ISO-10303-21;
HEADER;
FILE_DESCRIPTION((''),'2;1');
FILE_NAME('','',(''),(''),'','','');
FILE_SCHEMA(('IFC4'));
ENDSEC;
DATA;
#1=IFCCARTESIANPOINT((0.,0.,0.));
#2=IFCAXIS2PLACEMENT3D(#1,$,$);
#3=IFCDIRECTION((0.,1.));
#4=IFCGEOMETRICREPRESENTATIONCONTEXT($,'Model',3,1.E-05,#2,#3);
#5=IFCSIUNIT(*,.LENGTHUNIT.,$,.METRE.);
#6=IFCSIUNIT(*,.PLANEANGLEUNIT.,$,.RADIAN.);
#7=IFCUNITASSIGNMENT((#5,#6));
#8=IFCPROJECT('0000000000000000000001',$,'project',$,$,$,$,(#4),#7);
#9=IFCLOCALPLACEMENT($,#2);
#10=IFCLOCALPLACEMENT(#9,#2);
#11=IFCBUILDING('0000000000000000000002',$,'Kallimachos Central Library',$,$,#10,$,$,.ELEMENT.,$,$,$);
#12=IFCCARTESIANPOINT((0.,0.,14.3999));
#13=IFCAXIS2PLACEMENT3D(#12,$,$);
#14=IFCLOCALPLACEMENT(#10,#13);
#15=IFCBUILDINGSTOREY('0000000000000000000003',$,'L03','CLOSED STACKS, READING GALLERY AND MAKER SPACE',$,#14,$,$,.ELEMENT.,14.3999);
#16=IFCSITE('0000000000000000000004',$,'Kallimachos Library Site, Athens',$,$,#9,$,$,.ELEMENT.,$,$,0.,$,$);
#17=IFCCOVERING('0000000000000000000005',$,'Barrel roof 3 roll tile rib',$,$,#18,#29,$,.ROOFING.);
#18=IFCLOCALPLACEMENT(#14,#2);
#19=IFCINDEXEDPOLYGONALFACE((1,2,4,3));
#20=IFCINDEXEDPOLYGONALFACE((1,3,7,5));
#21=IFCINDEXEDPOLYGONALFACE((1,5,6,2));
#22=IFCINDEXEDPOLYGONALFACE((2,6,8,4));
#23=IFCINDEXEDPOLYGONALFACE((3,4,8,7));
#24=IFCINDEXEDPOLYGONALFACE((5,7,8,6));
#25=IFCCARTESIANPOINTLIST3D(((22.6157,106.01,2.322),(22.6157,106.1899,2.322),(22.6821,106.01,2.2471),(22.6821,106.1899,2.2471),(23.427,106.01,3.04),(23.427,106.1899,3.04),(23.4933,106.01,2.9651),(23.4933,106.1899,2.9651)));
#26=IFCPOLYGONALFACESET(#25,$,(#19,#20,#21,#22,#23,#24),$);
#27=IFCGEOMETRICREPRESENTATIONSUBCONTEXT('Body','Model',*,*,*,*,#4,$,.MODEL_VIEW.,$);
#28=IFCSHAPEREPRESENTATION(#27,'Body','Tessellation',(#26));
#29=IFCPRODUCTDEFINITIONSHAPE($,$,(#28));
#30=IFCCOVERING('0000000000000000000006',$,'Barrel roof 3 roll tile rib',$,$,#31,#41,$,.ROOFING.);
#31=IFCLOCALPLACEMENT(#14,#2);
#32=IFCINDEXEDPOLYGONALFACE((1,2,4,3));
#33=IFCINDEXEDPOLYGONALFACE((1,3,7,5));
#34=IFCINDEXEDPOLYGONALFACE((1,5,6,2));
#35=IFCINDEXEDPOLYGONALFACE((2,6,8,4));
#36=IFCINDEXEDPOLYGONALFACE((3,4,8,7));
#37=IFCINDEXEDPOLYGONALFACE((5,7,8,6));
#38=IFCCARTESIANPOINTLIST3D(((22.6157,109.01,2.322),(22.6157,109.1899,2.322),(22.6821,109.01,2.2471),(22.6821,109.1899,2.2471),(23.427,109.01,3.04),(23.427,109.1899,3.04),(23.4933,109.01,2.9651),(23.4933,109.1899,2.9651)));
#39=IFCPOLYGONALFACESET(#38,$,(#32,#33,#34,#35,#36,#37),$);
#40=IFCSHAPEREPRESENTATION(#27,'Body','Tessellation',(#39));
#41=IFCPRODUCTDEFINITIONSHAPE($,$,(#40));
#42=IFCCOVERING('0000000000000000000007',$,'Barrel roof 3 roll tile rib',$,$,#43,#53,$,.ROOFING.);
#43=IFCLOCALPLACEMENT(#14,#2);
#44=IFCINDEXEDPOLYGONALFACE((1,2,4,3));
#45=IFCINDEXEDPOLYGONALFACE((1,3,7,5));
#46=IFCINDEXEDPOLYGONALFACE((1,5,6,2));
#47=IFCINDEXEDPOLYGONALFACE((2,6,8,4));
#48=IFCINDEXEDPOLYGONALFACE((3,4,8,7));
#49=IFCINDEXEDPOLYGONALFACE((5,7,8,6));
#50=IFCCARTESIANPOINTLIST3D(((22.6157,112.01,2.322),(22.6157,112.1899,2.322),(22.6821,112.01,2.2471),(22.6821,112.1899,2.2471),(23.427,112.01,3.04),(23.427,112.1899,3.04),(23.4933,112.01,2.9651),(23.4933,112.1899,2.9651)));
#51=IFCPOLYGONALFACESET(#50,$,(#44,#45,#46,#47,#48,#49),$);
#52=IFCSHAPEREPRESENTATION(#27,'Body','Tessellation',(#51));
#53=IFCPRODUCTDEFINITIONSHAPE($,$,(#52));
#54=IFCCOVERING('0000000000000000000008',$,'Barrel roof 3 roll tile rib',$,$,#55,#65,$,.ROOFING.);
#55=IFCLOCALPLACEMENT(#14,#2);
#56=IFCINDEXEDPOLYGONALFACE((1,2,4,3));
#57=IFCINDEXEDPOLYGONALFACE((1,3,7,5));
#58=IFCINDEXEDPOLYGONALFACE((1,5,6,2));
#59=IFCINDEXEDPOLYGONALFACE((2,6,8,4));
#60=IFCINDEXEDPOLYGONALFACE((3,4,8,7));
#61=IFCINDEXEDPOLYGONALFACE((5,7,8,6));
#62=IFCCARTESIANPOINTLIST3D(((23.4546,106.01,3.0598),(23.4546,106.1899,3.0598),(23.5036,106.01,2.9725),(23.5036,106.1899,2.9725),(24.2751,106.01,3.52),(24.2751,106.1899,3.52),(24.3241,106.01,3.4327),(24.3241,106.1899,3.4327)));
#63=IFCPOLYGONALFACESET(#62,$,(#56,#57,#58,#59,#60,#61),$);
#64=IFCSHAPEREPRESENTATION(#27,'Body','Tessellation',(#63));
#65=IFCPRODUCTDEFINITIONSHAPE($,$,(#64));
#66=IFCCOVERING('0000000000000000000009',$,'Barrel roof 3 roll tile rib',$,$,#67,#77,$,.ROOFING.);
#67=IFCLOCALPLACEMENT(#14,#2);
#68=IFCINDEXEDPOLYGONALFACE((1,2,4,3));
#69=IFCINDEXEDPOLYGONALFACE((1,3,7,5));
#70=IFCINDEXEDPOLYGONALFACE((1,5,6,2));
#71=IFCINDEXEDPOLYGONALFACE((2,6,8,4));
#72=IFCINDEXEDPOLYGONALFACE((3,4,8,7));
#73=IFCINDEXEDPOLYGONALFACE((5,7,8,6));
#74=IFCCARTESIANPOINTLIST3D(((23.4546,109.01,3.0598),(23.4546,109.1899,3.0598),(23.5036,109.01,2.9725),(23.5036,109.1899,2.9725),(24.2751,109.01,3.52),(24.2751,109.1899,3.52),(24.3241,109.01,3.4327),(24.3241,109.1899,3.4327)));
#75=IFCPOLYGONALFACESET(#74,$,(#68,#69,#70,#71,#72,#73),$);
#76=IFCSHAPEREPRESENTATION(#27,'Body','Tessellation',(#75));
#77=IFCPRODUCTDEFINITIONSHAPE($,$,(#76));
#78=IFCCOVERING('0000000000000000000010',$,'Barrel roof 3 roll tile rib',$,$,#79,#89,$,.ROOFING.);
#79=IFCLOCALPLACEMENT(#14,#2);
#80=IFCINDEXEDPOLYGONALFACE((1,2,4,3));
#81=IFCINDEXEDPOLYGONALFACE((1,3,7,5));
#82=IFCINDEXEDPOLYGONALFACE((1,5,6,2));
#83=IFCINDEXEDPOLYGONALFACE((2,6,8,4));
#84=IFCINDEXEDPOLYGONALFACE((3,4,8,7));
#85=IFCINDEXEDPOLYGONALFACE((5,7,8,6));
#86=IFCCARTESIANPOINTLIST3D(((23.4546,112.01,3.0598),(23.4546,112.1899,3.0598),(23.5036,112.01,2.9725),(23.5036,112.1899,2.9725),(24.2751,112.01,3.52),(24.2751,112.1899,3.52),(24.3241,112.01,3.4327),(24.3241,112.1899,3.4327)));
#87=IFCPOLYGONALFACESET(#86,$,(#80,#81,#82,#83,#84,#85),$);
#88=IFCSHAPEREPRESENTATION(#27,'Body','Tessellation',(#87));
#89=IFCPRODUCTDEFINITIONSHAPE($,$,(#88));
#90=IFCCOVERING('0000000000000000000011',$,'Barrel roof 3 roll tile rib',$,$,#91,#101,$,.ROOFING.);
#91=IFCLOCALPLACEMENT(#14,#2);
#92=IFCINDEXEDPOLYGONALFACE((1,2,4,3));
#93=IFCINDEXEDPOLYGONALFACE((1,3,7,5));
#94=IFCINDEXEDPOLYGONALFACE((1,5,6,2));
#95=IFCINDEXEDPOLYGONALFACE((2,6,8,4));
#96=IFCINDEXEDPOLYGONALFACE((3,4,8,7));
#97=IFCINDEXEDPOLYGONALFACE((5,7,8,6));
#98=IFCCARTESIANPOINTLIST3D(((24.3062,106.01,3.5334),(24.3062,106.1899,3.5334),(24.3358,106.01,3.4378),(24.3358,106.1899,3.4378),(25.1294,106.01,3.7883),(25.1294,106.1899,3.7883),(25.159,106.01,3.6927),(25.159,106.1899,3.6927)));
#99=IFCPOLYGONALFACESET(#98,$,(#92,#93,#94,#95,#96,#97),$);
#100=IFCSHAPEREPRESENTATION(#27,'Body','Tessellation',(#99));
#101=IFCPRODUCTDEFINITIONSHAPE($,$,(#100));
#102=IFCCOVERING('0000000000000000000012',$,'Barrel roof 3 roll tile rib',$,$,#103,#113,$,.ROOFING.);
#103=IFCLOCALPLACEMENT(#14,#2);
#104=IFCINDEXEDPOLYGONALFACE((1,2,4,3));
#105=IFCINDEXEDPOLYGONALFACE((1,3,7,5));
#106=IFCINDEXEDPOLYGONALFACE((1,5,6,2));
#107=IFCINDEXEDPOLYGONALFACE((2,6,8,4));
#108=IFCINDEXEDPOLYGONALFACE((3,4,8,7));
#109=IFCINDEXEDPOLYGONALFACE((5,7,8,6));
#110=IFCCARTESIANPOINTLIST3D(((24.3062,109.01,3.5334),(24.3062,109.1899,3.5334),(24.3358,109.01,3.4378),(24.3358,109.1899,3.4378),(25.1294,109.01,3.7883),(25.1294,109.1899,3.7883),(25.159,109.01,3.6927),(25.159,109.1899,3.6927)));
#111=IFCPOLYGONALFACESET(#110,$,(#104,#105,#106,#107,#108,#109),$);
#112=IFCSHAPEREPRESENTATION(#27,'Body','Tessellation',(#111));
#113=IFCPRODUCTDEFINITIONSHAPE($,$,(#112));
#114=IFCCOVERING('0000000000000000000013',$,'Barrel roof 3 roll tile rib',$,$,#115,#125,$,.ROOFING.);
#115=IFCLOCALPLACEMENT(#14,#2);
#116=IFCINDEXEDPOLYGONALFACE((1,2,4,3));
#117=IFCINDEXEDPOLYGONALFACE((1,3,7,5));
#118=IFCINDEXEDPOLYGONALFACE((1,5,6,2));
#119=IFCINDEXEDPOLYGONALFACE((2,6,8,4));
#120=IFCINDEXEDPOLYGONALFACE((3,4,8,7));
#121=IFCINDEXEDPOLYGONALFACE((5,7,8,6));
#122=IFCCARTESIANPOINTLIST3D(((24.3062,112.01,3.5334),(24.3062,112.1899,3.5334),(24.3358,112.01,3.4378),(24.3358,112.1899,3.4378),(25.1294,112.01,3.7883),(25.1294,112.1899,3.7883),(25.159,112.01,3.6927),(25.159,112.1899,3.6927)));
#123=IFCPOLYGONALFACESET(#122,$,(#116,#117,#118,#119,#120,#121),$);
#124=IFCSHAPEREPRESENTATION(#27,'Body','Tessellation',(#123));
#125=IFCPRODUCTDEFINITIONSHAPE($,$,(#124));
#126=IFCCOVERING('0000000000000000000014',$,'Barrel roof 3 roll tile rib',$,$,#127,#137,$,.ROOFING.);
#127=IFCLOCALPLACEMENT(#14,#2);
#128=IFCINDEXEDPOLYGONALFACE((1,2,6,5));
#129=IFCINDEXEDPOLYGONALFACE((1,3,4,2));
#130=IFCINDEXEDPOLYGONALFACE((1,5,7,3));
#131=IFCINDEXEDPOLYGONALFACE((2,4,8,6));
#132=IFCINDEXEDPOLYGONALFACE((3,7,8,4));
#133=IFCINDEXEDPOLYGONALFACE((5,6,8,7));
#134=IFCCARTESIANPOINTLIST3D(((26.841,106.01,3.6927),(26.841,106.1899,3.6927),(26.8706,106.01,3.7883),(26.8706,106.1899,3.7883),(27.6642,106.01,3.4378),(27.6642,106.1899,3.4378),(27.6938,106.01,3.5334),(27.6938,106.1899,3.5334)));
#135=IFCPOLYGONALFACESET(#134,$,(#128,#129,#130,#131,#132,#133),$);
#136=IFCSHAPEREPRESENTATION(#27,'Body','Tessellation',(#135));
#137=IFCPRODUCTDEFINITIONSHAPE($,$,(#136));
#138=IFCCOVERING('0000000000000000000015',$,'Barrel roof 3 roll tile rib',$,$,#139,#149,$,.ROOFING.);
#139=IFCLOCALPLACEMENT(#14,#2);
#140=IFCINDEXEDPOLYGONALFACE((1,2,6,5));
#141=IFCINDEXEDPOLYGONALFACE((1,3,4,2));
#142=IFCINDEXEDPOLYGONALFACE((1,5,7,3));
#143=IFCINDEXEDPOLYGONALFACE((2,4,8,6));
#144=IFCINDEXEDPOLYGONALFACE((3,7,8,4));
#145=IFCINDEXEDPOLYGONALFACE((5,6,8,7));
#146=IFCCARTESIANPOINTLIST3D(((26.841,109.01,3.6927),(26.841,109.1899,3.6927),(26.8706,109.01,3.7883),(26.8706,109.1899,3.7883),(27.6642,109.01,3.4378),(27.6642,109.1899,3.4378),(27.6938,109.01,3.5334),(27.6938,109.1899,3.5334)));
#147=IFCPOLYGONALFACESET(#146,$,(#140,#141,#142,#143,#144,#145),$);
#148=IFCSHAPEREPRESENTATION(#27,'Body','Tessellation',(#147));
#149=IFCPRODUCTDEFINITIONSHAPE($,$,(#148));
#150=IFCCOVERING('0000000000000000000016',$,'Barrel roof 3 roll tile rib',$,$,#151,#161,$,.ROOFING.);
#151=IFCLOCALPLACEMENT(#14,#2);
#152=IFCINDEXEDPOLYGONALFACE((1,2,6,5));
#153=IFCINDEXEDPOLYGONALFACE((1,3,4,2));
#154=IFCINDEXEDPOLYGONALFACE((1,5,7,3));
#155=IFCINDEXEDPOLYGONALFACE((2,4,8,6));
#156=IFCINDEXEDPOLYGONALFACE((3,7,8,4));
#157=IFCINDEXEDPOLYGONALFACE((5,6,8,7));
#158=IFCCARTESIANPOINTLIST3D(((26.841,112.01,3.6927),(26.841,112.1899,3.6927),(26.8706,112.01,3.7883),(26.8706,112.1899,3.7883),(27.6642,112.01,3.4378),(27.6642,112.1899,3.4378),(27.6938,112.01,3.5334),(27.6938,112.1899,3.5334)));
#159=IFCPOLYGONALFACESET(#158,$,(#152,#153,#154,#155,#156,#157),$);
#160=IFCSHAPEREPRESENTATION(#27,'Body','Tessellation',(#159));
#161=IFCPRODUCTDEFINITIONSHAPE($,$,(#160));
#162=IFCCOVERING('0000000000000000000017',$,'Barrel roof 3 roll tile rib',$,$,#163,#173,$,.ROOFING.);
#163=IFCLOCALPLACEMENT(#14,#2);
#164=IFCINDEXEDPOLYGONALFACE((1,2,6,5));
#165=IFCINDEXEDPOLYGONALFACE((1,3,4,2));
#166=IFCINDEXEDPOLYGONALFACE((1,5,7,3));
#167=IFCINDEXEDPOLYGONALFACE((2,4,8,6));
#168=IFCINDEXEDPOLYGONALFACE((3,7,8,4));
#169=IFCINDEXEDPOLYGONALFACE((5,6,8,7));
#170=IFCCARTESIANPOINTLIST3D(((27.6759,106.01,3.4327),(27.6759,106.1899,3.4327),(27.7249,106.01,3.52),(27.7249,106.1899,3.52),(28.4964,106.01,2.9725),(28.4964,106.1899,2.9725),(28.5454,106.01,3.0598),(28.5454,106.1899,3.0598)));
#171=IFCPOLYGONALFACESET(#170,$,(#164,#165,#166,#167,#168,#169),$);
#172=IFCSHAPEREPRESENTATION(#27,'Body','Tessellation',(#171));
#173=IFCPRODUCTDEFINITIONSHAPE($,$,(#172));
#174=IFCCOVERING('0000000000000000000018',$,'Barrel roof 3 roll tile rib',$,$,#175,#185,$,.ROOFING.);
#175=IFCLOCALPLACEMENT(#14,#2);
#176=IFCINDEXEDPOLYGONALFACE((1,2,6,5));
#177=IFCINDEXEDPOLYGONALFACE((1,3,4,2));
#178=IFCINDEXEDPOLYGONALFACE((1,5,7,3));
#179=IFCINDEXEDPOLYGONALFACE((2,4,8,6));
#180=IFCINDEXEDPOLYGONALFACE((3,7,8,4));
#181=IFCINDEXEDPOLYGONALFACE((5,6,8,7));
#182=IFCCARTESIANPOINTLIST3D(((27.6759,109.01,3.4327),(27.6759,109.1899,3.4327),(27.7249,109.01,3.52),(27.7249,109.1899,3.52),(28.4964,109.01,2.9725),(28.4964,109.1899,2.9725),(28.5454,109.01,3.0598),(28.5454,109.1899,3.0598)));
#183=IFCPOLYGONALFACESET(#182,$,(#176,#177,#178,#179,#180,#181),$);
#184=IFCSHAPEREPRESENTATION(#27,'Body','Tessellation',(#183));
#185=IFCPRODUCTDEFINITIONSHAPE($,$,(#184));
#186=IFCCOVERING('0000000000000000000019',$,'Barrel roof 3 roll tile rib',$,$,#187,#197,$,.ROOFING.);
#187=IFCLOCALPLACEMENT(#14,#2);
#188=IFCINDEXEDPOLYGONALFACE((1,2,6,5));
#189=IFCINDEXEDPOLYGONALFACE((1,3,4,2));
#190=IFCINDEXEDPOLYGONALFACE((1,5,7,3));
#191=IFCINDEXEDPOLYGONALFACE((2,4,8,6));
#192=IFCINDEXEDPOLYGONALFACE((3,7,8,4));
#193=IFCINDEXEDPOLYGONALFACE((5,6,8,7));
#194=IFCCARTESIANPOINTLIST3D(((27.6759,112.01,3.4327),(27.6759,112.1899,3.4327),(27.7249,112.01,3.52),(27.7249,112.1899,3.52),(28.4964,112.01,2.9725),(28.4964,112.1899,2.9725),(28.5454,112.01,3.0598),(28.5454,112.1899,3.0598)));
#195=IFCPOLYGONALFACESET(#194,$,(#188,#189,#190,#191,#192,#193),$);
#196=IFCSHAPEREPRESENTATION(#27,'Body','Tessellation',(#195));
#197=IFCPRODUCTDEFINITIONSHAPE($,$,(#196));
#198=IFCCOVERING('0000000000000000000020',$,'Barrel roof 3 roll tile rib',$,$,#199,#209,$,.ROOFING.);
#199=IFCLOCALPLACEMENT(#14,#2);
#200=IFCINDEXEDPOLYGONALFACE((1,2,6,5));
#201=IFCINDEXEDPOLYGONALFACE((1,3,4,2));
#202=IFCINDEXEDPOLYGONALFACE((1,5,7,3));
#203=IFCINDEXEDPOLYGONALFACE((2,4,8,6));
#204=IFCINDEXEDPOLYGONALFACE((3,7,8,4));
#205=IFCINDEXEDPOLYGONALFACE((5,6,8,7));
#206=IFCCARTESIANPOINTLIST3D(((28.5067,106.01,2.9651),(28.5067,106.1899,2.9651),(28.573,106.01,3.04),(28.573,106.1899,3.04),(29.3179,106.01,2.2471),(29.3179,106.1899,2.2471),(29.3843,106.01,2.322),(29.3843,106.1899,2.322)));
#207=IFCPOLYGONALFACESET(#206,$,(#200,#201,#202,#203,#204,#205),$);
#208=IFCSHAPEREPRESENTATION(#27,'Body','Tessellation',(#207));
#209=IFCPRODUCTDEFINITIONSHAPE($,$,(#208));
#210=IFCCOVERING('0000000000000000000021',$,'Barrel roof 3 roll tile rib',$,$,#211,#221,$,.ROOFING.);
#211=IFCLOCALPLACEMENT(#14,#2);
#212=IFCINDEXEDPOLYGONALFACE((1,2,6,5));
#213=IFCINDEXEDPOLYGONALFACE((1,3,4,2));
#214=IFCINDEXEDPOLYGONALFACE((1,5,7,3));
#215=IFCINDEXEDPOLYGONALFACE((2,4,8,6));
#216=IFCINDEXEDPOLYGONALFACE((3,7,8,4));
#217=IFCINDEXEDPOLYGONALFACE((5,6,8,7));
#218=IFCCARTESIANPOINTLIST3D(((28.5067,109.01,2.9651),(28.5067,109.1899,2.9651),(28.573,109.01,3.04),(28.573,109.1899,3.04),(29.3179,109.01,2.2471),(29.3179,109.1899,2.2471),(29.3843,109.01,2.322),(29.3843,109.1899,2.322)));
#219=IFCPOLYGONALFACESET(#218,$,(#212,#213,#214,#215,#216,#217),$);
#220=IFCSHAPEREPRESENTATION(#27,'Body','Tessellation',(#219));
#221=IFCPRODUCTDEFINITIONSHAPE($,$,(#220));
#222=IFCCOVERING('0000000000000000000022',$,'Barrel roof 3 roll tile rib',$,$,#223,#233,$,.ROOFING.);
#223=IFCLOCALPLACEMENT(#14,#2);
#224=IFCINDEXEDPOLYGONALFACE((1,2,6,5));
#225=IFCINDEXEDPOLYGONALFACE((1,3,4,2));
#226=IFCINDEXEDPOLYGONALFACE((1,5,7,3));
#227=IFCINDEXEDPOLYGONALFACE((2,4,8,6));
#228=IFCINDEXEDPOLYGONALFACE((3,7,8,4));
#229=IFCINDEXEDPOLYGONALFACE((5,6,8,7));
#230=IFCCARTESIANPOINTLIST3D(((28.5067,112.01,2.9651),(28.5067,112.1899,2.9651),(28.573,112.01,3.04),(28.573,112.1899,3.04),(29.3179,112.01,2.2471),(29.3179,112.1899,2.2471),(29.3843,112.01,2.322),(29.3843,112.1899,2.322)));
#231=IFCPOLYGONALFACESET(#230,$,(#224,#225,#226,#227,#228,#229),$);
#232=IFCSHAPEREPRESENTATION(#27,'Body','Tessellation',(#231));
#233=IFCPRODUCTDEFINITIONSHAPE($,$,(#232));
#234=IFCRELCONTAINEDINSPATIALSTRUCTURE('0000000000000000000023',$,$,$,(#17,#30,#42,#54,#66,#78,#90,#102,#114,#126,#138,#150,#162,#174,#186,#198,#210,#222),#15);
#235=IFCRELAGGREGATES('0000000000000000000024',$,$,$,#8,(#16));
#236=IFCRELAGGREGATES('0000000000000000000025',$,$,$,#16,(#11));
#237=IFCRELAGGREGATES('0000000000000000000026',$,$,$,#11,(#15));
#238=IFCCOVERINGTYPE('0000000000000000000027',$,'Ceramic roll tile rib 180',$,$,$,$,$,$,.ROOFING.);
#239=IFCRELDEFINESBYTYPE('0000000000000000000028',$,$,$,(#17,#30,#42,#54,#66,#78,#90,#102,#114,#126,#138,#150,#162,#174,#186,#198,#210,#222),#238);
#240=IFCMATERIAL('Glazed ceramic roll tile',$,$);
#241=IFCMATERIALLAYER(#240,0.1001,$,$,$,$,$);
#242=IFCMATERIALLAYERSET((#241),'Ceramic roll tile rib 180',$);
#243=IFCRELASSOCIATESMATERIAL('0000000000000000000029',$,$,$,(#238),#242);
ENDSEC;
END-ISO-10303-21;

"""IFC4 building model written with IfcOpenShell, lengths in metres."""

from ifc_helpers import new_model, si_unit, direction, frame, origin, place, context, subcontext, project, spatial, polyline, outline, extrude, material, layer, layer_set, type_object, element, save


model = new_model("IFC4")

# Units and contexts
model_context = context("Model", 3, precision=1e-05, world=origin(), true_north=direction((0.0, 1.0)))
body_context = subcontext(model_context, "Body", "Model", "MODEL_VIEW")
ifc_project = project(units=[si_unit("LENGTHUNIT", "METRE"), si_unit("PLANEANGLEUNIT", "RADIAN")], contexts=[model_context])

# Site, building, storey
site_placement = place(None, origin())
site = spatial("IfcSite", under=ifc_project, at=site_placement, Name="Kallimachos Library Site, Athens", CompositionType="ELEMENT", RefElevation=0.0)
building_placement = place(site_placement, origin())
building = spatial("IfcBuilding", under=site, at=building_placement, Name="Kallimachos Central Library", CompositionType="ELEMENT")
storey_placement = place(building_placement, frame((0.0, 0.0, 14.3999)))
storey = spatial("IfcBuildingStorey", under=building, at=storey_placement, Name="L03", Description="CLOSED STACKS, READING GALLERY AND MAKER SPACE", CompositionType="ELEMENT", Elevation=14.3999)

# Coverings
ifc_material_1 = material(Name="Glazed ceramic roll tile")
ifc_layer_1 = layer(ifc_material_1, 0.1001)
ifc_layer_set_1 = layer_set([ifc_layer_1], Name="Ceramic roll tile rib 180")
covering_type_1 = type_object("IfcCoveringType", Name="Ceramic roll tile rib 180", PredefinedType="ROOFING", material=ifc_layer_set_1)
for number, where, z_axis, x_axis, name in (
    (1, (22.6157, 106.01, 2.322), (-0.662754, 0.0, 0.748837), (0.748837, 0.0, 0.662754), "Barrel roof 3 roll tile rib"),
    (2, (22.6157, 109.01, 2.322), (-0.662754, 0.0, 0.748837), (0.748837, 0.0, 0.662754), "Barrel roof 3 roll tile rib"),
    (3, (22.6157, 112.01, 2.322), (-0.662754, 0.0, 0.748837), (0.748837, 0.0, 0.662754), "Barrel roof 3 roll tile rib"),
):
    element("IfcCovering", number, at=place(storey_placement, frame(where, z_axis=z_axis, x_axis=x_axis)), inside=storey, type_object=covering_type_1, Name=name, PredefinedType="ROOFING", context=body_context, shape_type="SweptSolid", body=[
        extrude(outline(polyline([(0.0, 0.0), (1.0834, 0.0), (1.0834, 0.1799), (0.0, 0.1799), (0.0, 0.0)])), origin(), (0.0, 0.0, -1.0), 0.1001),
    ])
for number, where, z_axis, x_axis, name in (
    (4, (23.4546, 106.01, 3.0598), (-0.489164, 0.0, 0.872192), (0.872192, 0.0, 0.489164), "Barrel roof 3 roll tile rib"),
    (5, (23.4546, 109.01, 3.0598), (-0.489164, 0.0, 0.872192), (0.872192, 0.0, 0.489164), "Barrel roof 3 roll tile rib"),
    (6, (23.4546, 112.01, 3.0598), (-0.489164, 0.0, 0.872192), (0.872192, 0.0, 0.489164), "Barrel roof 3 roll tile rib"),
):
    element("IfcCovering", number, at=place(storey_placement, frame(where, z_axis=z_axis, x_axis=x_axis)), inside=storey, type_object=covering_type_1, Name=name, PredefinedType="ROOFING", context=body_context, shape_type="SweptSolid", body=[
        extrude(outline(polyline([(0.0, 0.0), (0.9408, 0.0), (0.9408, 0.1799), (0.0, 0.1799), (0.0, 0.0)])), origin(), (0.0, 0.0, -1.0), 0.1001),
    ])
for number, where, z_axis, x_axis, name in (
    (7, (24.3062, 106.01, 3.5334), (-0.295758, 0.0, 0.955263), (0.955263, 0.0, 0.295758), "Barrel roof 3 roll tile rib"),
    (8, (24.3062, 109.01, 3.5334), (-0.295758, 0.0, 0.955263), (0.955263, 0.0, 0.295758), "Barrel roof 3 roll tile rib"),
    (9, (24.3062, 112.01, 3.5334), (-0.295758, 0.0, 0.955263), (0.955263, 0.0, 0.295758), "Barrel roof 3 roll tile rib"),
    (10, (26.8706, 106.01, 3.7883), (0.295758, 0.0, 0.955263), (0.955263, 0.0, -0.295758), "Barrel roof 3 roll tile rib"),
    (11, (26.8706, 109.01, 3.7883), (0.295758, 0.0, 0.955263), (0.955263, 0.0, -0.295758), "Barrel roof 3 roll tile rib"),
    (12, (26.8706, 112.01, 3.7883), (0.295758, 0.0, 0.955263), (0.955263, 0.0, -0.295758), "Barrel roof 3 roll tile rib"),
):
    element("IfcCovering", number, at=place(storey_placement, frame(where, z_axis=z_axis, x_axis=x_axis)), inside=storey, type_object=covering_type_1, Name=name, PredefinedType="ROOFING", context=body_context, shape_type="SweptSolid", body=[
        extrude(outline(polyline([(0.0, 0.0), (0.8618, 0.0), (0.8618, 0.1799), (0.0, 0.1799), (0.0, 0.0)])), origin(), (0.0, 0.0, -1.0), 0.1001),
    ])
for number, where, z_axis, x_axis, name in (
    (13, (27.7249, 106.01, 3.52), (0.489164, 0.0, 0.872192), (0.872192, 0.0, -0.489164), "Barrel roof 3 roll tile rib"),
    (14, (27.7249, 109.01, 3.52), (0.489164, 0.0, 0.872192), (0.872192, 0.0, -0.489164), "Barrel roof 3 roll tile rib"),
    (15, (27.7249, 112.01, 3.52), (0.489164, 0.0, 0.872192), (0.872192, 0.0, -0.489164), "Barrel roof 3 roll tile rib"),
):
    element("IfcCovering", number, at=place(storey_placement, frame(where, z_axis=z_axis, x_axis=x_axis)), inside=storey, type_object=covering_type_1, Name=name, PredefinedType="ROOFING", context=body_context, shape_type="SweptSolid", body=[
        extrude(outline(polyline([(0.0, 0.0), (0.9408, 0.0), (0.9408, 0.1799), (0.0, 0.1799), (0.0, 0.0)])), origin(), (0.0, 0.0, -1.0), 0.1001),
    ])
for number, where, z_axis, x_axis, name in (
    (16, (28.573, 106.01, 3.04), (0.662754, 0.0, 0.748837), (0.748837, 0.0, -0.662754), "Barrel roof 3 roll tile rib"),
    (17, (28.573, 109.01, 3.04), (0.662754, 0.0, 0.748837), (0.748837, 0.0, -0.662754), "Barrel roof 3 roll tile rib"),
    (18, (28.573, 112.01, 3.04), (0.662754, 0.0, 0.748837), (0.748837, 0.0, -0.662754), "Barrel roof 3 roll tile rib"),
):
    element("IfcCovering", number, at=place(storey_placement, frame(where, z_axis=z_axis, x_axis=x_axis)), inside=storey, type_object=covering_type_1, Name=name, PredefinedType="ROOFING", context=body_context, shape_type="SweptSolid", body=[
        extrude(outline(polyline([(0.0, 0.0), (1.0834, 0.0), (1.0834, 0.1799), (0.0, 0.1799), (0.0, 0.0)])), origin(), (0.0, 0.0, -1.0), 0.1001),
    ])

save(model, "model.ifc")
